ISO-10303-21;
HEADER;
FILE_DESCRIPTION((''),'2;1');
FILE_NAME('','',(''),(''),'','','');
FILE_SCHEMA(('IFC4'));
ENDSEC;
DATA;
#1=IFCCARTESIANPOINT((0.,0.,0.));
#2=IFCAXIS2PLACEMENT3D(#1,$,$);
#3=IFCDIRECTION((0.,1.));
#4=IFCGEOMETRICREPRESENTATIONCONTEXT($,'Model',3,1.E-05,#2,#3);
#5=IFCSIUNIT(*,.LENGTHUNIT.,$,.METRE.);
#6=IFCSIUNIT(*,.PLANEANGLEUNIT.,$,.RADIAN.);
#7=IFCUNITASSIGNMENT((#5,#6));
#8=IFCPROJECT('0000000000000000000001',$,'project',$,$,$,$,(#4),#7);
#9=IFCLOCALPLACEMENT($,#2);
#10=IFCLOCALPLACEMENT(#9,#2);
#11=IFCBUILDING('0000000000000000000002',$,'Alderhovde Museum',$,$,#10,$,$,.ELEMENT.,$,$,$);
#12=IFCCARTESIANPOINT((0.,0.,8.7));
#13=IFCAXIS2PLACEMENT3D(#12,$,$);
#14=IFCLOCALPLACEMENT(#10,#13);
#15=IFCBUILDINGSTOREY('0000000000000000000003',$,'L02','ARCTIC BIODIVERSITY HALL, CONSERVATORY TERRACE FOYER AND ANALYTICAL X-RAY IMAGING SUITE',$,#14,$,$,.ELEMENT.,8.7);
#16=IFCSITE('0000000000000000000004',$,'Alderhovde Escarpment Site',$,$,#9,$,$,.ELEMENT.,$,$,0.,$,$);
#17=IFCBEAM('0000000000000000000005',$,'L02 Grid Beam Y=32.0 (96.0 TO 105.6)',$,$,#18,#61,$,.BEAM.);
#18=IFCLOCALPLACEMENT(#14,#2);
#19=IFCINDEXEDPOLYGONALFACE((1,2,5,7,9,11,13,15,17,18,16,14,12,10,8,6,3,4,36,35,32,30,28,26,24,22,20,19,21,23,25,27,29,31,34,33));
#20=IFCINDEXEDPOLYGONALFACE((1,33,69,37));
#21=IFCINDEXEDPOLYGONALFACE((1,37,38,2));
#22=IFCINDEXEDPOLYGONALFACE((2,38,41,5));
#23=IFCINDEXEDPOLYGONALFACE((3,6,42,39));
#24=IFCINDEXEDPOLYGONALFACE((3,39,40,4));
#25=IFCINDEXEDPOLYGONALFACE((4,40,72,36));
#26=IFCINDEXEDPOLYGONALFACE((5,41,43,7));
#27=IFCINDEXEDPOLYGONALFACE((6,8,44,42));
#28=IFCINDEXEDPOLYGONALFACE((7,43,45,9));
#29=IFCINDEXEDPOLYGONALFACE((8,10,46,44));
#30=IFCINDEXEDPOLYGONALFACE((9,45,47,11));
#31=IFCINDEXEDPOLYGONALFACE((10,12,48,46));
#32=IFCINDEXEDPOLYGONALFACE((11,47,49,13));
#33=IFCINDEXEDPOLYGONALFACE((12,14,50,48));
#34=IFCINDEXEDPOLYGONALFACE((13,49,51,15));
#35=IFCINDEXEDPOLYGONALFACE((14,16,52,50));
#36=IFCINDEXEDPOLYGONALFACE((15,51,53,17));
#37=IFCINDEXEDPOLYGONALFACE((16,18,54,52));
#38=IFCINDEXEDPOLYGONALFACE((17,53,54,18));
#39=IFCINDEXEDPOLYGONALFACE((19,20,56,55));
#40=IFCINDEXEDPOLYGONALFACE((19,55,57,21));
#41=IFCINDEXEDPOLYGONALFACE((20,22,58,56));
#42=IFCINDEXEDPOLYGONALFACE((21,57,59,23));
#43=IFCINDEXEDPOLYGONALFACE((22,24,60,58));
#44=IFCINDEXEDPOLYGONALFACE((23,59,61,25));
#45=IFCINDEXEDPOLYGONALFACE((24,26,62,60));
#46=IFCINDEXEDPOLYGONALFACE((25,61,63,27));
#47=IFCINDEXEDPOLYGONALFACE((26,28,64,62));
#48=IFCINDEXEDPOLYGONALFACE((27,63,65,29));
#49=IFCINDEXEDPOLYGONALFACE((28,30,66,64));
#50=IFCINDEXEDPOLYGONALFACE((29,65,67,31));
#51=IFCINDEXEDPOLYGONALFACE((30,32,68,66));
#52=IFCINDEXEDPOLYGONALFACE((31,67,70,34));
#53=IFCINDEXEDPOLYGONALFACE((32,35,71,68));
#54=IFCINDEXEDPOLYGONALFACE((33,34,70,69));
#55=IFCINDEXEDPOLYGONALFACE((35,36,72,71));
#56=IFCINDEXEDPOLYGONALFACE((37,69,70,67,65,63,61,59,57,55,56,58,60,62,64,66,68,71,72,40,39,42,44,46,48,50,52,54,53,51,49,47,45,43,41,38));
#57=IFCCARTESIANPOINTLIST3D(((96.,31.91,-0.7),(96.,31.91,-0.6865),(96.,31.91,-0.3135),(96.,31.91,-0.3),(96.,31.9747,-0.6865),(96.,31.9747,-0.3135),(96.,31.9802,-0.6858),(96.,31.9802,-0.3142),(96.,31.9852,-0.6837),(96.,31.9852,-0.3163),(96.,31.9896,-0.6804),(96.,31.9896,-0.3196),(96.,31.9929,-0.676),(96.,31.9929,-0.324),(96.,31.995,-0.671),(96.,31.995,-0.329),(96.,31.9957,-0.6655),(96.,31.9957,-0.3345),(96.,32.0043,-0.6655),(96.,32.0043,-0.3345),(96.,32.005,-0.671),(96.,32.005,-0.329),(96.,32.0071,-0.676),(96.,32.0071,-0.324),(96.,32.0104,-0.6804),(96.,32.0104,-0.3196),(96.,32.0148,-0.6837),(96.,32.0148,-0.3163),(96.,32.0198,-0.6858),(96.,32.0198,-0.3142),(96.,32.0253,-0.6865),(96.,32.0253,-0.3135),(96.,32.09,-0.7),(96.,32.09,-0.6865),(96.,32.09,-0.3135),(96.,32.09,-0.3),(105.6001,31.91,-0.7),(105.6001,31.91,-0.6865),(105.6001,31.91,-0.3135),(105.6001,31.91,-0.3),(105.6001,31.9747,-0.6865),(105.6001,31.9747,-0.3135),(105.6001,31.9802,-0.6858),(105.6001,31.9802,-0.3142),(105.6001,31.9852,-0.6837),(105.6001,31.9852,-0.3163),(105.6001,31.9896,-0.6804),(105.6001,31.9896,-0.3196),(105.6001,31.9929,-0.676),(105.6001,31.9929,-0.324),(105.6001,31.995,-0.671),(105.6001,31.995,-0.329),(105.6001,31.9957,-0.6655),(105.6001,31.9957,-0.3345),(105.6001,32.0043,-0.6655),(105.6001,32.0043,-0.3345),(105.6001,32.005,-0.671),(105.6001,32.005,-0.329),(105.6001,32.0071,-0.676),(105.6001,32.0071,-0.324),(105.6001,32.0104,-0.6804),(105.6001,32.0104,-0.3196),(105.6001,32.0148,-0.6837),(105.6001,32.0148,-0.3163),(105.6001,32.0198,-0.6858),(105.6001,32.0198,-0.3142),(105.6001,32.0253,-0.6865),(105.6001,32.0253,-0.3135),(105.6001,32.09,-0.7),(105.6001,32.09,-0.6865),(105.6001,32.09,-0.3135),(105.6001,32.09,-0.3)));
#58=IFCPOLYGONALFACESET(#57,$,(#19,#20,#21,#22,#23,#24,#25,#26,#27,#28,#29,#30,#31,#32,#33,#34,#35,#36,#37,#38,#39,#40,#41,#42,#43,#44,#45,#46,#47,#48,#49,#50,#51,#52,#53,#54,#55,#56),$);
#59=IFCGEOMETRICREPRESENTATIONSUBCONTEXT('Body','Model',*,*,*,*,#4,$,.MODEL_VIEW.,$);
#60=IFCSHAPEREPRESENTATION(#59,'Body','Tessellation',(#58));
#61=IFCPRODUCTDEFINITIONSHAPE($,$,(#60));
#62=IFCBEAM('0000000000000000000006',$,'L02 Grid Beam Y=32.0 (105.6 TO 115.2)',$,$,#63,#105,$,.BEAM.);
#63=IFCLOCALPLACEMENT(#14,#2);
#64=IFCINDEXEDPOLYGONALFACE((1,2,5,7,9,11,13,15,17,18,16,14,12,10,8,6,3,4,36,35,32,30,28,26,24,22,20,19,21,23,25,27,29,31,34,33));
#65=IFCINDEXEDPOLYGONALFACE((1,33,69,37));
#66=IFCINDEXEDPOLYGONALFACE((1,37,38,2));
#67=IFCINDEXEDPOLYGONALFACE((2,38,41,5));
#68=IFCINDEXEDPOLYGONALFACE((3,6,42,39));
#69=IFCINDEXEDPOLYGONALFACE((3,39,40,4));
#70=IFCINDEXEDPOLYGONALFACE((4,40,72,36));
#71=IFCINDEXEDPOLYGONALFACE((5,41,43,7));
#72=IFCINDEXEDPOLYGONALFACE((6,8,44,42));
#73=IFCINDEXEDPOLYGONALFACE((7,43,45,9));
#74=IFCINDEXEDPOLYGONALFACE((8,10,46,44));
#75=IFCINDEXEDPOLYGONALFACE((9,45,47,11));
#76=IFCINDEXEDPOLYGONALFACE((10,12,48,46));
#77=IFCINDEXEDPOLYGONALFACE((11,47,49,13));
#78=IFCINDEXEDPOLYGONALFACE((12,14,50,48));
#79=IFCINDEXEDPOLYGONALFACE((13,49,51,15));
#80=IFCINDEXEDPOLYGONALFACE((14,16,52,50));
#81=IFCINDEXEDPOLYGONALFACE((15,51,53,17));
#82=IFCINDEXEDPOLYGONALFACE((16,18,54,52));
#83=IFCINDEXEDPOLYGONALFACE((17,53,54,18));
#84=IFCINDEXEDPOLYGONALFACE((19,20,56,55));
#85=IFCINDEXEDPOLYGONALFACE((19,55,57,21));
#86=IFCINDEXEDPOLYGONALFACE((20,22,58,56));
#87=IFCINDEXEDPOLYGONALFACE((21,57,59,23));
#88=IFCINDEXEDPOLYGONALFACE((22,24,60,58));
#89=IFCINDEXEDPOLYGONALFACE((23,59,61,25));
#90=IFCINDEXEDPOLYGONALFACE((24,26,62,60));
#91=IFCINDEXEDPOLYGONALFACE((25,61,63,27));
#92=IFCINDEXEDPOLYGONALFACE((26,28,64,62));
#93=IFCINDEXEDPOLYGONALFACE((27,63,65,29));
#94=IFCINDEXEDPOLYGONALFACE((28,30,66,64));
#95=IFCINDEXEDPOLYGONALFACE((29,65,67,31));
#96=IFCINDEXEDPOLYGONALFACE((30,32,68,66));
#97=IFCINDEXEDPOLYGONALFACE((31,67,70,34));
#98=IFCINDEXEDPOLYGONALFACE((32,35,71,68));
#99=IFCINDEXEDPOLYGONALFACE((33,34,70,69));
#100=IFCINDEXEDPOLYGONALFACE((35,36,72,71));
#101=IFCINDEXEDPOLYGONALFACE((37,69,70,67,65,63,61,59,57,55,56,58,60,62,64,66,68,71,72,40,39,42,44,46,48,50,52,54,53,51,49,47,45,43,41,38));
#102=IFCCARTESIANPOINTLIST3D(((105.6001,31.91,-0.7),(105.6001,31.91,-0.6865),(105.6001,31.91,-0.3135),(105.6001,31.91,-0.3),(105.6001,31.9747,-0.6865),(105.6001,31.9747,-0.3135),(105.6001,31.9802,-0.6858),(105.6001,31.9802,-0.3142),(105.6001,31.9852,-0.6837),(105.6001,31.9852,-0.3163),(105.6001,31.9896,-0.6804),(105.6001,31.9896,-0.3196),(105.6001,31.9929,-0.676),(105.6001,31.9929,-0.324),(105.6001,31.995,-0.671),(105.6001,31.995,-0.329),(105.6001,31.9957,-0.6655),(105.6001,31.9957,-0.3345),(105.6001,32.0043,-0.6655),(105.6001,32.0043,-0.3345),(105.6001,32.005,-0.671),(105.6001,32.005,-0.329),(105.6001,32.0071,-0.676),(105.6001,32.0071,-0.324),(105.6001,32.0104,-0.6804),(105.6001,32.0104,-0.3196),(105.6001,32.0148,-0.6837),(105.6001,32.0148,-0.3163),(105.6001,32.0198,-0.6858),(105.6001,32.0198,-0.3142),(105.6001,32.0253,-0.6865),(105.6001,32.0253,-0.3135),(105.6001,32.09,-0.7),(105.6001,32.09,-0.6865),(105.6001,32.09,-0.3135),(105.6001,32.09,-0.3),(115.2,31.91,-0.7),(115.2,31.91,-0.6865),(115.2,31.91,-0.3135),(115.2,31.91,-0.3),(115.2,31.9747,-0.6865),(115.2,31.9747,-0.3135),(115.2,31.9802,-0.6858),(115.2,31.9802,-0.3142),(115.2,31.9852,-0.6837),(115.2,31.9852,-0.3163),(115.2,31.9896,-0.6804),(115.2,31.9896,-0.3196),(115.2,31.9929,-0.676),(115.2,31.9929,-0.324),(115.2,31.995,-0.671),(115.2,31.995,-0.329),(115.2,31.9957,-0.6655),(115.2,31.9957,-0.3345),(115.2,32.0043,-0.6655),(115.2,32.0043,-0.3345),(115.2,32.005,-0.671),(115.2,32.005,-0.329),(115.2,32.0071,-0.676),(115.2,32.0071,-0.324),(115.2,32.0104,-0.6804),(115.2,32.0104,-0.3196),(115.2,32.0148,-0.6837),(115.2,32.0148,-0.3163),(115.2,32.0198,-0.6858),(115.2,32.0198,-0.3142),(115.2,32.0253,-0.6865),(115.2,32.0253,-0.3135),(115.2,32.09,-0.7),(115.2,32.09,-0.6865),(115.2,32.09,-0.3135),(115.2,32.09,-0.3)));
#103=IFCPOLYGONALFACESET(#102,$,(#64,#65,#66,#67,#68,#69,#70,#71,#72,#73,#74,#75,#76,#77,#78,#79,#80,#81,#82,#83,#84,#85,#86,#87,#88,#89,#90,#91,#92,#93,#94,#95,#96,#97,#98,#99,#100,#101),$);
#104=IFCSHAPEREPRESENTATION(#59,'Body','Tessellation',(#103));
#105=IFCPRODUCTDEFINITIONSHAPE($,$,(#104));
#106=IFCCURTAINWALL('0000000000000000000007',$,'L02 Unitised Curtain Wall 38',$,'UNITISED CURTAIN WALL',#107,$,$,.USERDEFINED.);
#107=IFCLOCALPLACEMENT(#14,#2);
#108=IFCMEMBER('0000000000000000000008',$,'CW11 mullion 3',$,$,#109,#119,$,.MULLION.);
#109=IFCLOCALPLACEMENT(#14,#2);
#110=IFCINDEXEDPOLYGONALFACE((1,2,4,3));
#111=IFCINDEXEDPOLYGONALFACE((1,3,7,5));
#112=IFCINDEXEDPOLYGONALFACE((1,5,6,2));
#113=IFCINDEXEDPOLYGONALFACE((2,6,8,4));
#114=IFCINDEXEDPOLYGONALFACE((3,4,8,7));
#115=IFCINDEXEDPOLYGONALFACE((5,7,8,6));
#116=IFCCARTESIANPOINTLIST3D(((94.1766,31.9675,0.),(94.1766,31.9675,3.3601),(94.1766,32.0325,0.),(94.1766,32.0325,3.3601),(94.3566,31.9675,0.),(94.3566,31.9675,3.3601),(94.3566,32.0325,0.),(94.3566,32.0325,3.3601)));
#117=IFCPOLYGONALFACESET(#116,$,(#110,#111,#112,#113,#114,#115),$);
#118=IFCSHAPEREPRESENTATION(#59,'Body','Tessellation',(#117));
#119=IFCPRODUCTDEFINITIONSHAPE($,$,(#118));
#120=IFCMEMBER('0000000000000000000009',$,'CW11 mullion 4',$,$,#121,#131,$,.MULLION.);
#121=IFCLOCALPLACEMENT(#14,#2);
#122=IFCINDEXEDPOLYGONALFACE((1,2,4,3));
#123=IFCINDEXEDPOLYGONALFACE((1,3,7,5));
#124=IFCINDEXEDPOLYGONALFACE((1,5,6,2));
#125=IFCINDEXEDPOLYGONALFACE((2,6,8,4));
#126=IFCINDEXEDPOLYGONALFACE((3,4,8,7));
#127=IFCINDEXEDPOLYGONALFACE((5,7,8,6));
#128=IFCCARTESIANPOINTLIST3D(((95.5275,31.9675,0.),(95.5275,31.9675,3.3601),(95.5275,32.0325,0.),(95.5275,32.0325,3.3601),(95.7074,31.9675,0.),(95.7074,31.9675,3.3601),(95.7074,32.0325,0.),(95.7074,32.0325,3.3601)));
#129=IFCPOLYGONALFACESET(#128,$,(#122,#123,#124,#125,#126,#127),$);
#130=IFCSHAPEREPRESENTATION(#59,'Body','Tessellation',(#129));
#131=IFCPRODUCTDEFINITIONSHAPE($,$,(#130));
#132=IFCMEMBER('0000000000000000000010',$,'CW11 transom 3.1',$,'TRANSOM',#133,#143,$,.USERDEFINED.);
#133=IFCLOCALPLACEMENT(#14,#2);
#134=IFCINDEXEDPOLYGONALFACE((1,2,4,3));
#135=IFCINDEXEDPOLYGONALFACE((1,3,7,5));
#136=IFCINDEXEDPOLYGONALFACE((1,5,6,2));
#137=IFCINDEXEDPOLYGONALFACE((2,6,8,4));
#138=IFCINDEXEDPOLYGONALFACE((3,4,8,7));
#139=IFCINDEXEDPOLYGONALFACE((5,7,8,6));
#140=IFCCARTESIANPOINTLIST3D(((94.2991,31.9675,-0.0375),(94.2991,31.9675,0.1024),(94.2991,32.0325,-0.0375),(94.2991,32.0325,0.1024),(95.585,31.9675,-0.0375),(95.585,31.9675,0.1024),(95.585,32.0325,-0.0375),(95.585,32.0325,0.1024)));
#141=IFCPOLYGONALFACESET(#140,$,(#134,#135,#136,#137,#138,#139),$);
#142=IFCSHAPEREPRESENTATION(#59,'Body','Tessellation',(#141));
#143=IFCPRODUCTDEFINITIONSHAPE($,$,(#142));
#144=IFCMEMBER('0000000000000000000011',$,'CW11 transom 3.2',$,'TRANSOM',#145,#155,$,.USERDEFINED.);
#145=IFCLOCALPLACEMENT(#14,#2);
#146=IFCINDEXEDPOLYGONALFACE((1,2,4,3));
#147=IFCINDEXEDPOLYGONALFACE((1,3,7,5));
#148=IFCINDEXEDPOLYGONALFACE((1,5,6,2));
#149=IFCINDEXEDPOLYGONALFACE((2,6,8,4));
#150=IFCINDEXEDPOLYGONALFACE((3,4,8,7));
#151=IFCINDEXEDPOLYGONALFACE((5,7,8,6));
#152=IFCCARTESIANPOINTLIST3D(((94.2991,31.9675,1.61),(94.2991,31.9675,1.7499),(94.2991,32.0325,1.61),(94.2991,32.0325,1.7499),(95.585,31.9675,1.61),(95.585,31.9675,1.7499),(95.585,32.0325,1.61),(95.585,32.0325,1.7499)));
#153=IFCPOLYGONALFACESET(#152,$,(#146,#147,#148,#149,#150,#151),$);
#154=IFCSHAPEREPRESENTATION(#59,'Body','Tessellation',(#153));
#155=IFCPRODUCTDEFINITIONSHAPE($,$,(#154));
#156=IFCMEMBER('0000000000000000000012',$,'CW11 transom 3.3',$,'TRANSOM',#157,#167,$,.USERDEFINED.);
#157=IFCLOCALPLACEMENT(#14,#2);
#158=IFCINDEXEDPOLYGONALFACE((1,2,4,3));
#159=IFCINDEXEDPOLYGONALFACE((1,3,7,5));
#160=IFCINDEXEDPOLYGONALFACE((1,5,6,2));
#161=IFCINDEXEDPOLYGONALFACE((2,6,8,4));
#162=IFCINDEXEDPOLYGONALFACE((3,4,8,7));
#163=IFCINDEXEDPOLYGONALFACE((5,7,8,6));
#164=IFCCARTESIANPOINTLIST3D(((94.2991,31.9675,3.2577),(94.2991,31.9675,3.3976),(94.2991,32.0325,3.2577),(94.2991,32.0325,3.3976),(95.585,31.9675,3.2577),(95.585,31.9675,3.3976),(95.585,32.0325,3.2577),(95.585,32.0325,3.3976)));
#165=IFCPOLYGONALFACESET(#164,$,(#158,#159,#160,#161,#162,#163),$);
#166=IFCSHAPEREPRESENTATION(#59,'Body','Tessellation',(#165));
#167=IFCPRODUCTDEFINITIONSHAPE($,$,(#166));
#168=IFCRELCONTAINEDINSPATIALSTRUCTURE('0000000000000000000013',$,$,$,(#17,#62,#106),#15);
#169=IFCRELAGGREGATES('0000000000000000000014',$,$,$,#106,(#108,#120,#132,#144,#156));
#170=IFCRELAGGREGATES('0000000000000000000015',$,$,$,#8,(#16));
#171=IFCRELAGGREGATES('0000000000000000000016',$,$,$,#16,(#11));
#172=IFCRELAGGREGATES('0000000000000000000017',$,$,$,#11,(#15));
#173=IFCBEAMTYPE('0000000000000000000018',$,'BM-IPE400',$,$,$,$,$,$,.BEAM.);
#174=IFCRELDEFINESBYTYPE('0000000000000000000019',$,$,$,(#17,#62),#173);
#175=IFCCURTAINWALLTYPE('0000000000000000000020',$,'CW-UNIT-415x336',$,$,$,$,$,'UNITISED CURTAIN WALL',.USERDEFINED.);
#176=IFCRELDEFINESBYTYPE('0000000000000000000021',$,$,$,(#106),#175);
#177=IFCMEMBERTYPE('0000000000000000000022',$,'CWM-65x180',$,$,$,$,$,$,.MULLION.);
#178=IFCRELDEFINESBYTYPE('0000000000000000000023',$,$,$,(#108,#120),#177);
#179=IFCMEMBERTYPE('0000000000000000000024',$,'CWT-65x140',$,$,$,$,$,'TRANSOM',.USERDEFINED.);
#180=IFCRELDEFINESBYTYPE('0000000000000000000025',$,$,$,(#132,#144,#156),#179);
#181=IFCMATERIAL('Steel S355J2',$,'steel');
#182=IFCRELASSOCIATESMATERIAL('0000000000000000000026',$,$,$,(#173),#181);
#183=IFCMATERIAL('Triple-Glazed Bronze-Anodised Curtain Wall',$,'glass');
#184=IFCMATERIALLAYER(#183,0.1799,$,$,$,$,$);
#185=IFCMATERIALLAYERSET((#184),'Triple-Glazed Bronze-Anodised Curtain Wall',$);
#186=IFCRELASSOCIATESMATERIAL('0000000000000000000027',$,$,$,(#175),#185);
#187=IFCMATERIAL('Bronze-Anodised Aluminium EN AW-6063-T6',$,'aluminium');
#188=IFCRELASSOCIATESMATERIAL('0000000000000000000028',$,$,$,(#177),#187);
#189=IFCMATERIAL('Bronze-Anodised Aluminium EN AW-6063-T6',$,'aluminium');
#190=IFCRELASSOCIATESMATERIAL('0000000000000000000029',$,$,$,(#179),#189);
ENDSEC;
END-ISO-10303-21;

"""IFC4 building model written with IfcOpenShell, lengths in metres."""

from ifc_helpers import new_model, si_unit, direction, frame, origin, origin_2d, place, context, subcontext, project, spatial, rectangle, i_section, extrude, material, layer, layer_set, material_profile, profile_set, type_object, element, aggregate, save


model = new_model("IFC4")

# Units and contexts
model_context = context("Model", 3, precision=1e-05, world=origin(), true_north=direction((0.0, 1.0)))
body_context = subcontext(model_context, "Body", "Model", "MODEL_VIEW")
ifc_project = project(units=[si_unit("LENGTHUNIT", "METRE"), si_unit("PLANEANGLEUNIT", "RADIAN")], contexts=[model_context])

# Site, building, storey
site_placement = place(None, origin())
site = spatial("IfcSite", under=ifc_project, at=site_placement, Name="Alderhovde Escarpment Site", CompositionType="ELEMENT", RefElevation=0.0)
building_placement = place(site_placement, origin())
building = spatial("IfcBuilding", under=site, at=building_placement, Name="Alderhovde Museum", CompositionType="ELEMENT")
storey_placement = place(building_placement, frame((0.0, 0.0, 8.7)))
storey = spatial("IfcBuildingStorey", under=building, at=storey_placement, Name="L02", Description="ARCTIC BIODIVERSITY HALL, CONSERVATORY TERRACE FOYER AND ANALYTICAL X-RAY IMAGING SUITE", CompositionType="ELEMENT", Elevation=8.7)

# Beams
ifc_material_1 = material(Name="Steel S355J2", Category="steel")
ifc_material_profile_1 = material_profile(ifc_material_1, i_section(OverallWidth=0.1799, OverallDepth=0.3999, WebThickness=0.0085, FlangeThickness=0.0134, FilletRadius=0.021, at=origin_2d()), Name="IPE 400")
ifc_profile_set_1 = profile_set([ifc_material_profile_1], Name="Steel S355J2")
beam_type_1 = type_object("IfcBeamType", Name="BM-IPE400", PredefinedType="BEAM", material=ifc_profile_set_1)
beam_1_placement = place(storey_placement, frame((96.0, 32.0, -0.5), z_axis=(1.0, 0.0, 0.0), x_axis=(0.0, 1.0, 0.0)))
element("IfcBeam", 1, at=beam_1_placement, inside=storey, type_object=beam_type_1, Name="L02 Grid Beam Y=32.0 (96.0 TO 105.6)", PredefinedType="BEAM", context=body_context, shape_type="SweptSolid", body=[
    extrude(i_section(OverallWidth=0.1799, OverallDepth=0.3999, WebThickness=0.0085, FlangeThickness=0.0134, FilletRadius=0.021, at=origin_2d()), origin(), (0.0, 0.0, 1.0), 9.6001),
])
beam_2_placement = place(storey_placement, frame((105.6001, 32.0, -0.5), z_axis=(1.0, 0.0, 0.0), x_axis=(0.0, 1.0, 0.0)))
element("IfcBeam", 2, at=beam_2_placement, inside=storey, type_object=beam_type_1, Name="L02 Grid Beam Y=32.0 (105.6 TO 115.2)", PredefinedType="BEAM", context=body_context, shape_type="SweptSolid", body=[
    extrude(i_section(OverallWidth=0.1799, OverallDepth=0.3999, WebThickness=0.0085, FlangeThickness=0.0134, FilletRadius=0.021, at=origin_2d()), origin(), (0.0, 0.0, 1.0), 9.5999),
])

# Curtain wall, members
ifc_material_2 = material(Name="Triple-Glazed Bronze-Anodised Curtain Wall", Category="glass")
ifc_layer_1 = layer(ifc_material_2, 0.1799)
ifc_layer_set_1 = layer_set([ifc_layer_1], Name="Triple-Glazed Bronze-Anodised Curtain Wall")
curtain_wall_type = type_object("IfcCurtainWallType", Name="CW-UNIT-415x336", ElementType="UNITISED CURTAIN WALL", PredefinedType="USERDEFINED", material=ifc_layer_set_1)
curtain_wall_placement = place(storey_placement, origin())
curtain_wall = element("IfcCurtainWall", 3, at=curtain_wall_placement, inside=storey, type_object=curtain_wall_type, Name="L02 Unitised Curtain Wall 38", ObjectType="UNITISED CURTAIN WALL", PredefinedType="USERDEFINED")
ifc_material_3 = material(Name="Bronze-Anodised Aluminium EN AW-6063-T6", Category="aluminium")
ifc_material_profile_2 = material_profile(ifc_material_3, rectangle(XDim=0.0649, YDim=0.1799, at=origin_2d()), Name="MULLION 65x180")
ifc_profile_set_2 = profile_set([ifc_material_profile_2], Name="Bronze-Anodised Aluminium EN AW-6063-T6")
member_type_1 = type_object("IfcMemberType", Name="CWM-65x180", PredefinedType="MULLION", material=ifc_profile_set_2)
member_1_placement = place(storey_placement, frame((94.2666, 32.0, 0.0), z_axis=(0.0, 0.0, 1.0), x_axis=(0.0, 1.0, 0.0)))
member_1 = element("IfcMember", 4, at=member_1_placement, type_object=member_type_1, Name="CW11 mullion 3", PredefinedType="MULLION", context=body_context, shape_type="SweptSolid", body=[
    extrude(rectangle(XDim=0.0649, YDim=0.1799, at=origin_2d()), origin(), (0.0, 0.0, 1.0), 3.3601),
])
member_2_placement = place(storey_placement, frame((95.6174, 32.0, 0.0), z_axis=(0.0, 0.0, 1.0), x_axis=(0.0, 1.0, 0.0)))
member_2 = element("IfcMember", 5, at=member_2_placement, type_object=member_type_1, Name="CW11 mullion 4", PredefinedType="MULLION", context=body_context, shape_type="SweptSolid", body=[
    extrude(rectangle(XDim=0.0649, YDim=0.1799, at=origin_2d()), origin(), (0.0, 0.0, 1.0), 3.3601),
])
ifc_material_4 = material(Name="Bronze-Anodised Aluminium EN AW-6063-T6", Category="aluminium")
ifc_material_profile_3 = material_profile(ifc_material_4, rectangle(XDim=0.0649, YDim=0.1399, at=origin_2d()), Name="TRANSOM 65x140")
ifc_profile_set_3 = profile_set([ifc_material_profile_3], Name="Bronze-Anodised Aluminium EN AW-6063-T6")
member_type_2 = type_object("IfcMemberType", Name="CWT-65x140", ElementType="TRANSOM", PredefinedType="USERDEFINED", material=ifc_profile_set_3)
member_3_placement = place(storey_placement, frame((94.2991, 32.0, 0.0325), z_axis=(1.0, 0.0, 0.0), x_axis=(0.0, 1.0, 0.0)))
member_3 = element("IfcMember", 6, at=member_3_placement, type_object=member_type_2, Name="CW11 transom 3.1", ObjectType="TRANSOM", PredefinedType="USERDEFINED", context=body_context, shape_type="SweptSolid", body=[
    extrude(rectangle(XDim=0.0649, YDim=0.1399, at=origin_2d()), origin(), (0.0, 0.0, 1.0), 1.2859),
])
member_4_placement = place(storey_placement, frame((94.2991, 32.0, 1.6799), z_axis=(1.0, 0.0, 0.0), x_axis=(0.0, 1.0, 0.0)))
member_4 = element("IfcMember", 7, at=member_4_placement, type_object=member_type_2, Name="CW11 transom 3.2", ObjectType="TRANSOM", PredefinedType="USERDEFINED", context=body_context, shape_type="SweptSolid", body=[
    extrude(rectangle(XDim=0.0649, YDim=0.1399, at=origin_2d()), origin(), (0.0, 0.0, 1.0), 1.2859),
])
member_5_placement = place(storey_placement, frame((94.2991, 32.0, 3.3276), z_axis=(1.0, 0.0, 0.0), x_axis=(0.0, 1.0, 0.0)))
member_5 = element("IfcMember", 8, at=member_5_placement, type_object=member_type_2, Name="CW11 transom 3.3", ObjectType="TRANSOM", PredefinedType="USERDEFINED", context=body_context, shape_type="SweptSolid", body=[
    extrude(rectangle(XDim=0.0649, YDim=0.1399, at=origin_2d()), origin(), (0.0, 0.0, 1.0), 1.2859),
])

aggregate(curtain_wall, [member_1, member_2, member_3, member_4, member_5])

save(model, "model.ifc")
